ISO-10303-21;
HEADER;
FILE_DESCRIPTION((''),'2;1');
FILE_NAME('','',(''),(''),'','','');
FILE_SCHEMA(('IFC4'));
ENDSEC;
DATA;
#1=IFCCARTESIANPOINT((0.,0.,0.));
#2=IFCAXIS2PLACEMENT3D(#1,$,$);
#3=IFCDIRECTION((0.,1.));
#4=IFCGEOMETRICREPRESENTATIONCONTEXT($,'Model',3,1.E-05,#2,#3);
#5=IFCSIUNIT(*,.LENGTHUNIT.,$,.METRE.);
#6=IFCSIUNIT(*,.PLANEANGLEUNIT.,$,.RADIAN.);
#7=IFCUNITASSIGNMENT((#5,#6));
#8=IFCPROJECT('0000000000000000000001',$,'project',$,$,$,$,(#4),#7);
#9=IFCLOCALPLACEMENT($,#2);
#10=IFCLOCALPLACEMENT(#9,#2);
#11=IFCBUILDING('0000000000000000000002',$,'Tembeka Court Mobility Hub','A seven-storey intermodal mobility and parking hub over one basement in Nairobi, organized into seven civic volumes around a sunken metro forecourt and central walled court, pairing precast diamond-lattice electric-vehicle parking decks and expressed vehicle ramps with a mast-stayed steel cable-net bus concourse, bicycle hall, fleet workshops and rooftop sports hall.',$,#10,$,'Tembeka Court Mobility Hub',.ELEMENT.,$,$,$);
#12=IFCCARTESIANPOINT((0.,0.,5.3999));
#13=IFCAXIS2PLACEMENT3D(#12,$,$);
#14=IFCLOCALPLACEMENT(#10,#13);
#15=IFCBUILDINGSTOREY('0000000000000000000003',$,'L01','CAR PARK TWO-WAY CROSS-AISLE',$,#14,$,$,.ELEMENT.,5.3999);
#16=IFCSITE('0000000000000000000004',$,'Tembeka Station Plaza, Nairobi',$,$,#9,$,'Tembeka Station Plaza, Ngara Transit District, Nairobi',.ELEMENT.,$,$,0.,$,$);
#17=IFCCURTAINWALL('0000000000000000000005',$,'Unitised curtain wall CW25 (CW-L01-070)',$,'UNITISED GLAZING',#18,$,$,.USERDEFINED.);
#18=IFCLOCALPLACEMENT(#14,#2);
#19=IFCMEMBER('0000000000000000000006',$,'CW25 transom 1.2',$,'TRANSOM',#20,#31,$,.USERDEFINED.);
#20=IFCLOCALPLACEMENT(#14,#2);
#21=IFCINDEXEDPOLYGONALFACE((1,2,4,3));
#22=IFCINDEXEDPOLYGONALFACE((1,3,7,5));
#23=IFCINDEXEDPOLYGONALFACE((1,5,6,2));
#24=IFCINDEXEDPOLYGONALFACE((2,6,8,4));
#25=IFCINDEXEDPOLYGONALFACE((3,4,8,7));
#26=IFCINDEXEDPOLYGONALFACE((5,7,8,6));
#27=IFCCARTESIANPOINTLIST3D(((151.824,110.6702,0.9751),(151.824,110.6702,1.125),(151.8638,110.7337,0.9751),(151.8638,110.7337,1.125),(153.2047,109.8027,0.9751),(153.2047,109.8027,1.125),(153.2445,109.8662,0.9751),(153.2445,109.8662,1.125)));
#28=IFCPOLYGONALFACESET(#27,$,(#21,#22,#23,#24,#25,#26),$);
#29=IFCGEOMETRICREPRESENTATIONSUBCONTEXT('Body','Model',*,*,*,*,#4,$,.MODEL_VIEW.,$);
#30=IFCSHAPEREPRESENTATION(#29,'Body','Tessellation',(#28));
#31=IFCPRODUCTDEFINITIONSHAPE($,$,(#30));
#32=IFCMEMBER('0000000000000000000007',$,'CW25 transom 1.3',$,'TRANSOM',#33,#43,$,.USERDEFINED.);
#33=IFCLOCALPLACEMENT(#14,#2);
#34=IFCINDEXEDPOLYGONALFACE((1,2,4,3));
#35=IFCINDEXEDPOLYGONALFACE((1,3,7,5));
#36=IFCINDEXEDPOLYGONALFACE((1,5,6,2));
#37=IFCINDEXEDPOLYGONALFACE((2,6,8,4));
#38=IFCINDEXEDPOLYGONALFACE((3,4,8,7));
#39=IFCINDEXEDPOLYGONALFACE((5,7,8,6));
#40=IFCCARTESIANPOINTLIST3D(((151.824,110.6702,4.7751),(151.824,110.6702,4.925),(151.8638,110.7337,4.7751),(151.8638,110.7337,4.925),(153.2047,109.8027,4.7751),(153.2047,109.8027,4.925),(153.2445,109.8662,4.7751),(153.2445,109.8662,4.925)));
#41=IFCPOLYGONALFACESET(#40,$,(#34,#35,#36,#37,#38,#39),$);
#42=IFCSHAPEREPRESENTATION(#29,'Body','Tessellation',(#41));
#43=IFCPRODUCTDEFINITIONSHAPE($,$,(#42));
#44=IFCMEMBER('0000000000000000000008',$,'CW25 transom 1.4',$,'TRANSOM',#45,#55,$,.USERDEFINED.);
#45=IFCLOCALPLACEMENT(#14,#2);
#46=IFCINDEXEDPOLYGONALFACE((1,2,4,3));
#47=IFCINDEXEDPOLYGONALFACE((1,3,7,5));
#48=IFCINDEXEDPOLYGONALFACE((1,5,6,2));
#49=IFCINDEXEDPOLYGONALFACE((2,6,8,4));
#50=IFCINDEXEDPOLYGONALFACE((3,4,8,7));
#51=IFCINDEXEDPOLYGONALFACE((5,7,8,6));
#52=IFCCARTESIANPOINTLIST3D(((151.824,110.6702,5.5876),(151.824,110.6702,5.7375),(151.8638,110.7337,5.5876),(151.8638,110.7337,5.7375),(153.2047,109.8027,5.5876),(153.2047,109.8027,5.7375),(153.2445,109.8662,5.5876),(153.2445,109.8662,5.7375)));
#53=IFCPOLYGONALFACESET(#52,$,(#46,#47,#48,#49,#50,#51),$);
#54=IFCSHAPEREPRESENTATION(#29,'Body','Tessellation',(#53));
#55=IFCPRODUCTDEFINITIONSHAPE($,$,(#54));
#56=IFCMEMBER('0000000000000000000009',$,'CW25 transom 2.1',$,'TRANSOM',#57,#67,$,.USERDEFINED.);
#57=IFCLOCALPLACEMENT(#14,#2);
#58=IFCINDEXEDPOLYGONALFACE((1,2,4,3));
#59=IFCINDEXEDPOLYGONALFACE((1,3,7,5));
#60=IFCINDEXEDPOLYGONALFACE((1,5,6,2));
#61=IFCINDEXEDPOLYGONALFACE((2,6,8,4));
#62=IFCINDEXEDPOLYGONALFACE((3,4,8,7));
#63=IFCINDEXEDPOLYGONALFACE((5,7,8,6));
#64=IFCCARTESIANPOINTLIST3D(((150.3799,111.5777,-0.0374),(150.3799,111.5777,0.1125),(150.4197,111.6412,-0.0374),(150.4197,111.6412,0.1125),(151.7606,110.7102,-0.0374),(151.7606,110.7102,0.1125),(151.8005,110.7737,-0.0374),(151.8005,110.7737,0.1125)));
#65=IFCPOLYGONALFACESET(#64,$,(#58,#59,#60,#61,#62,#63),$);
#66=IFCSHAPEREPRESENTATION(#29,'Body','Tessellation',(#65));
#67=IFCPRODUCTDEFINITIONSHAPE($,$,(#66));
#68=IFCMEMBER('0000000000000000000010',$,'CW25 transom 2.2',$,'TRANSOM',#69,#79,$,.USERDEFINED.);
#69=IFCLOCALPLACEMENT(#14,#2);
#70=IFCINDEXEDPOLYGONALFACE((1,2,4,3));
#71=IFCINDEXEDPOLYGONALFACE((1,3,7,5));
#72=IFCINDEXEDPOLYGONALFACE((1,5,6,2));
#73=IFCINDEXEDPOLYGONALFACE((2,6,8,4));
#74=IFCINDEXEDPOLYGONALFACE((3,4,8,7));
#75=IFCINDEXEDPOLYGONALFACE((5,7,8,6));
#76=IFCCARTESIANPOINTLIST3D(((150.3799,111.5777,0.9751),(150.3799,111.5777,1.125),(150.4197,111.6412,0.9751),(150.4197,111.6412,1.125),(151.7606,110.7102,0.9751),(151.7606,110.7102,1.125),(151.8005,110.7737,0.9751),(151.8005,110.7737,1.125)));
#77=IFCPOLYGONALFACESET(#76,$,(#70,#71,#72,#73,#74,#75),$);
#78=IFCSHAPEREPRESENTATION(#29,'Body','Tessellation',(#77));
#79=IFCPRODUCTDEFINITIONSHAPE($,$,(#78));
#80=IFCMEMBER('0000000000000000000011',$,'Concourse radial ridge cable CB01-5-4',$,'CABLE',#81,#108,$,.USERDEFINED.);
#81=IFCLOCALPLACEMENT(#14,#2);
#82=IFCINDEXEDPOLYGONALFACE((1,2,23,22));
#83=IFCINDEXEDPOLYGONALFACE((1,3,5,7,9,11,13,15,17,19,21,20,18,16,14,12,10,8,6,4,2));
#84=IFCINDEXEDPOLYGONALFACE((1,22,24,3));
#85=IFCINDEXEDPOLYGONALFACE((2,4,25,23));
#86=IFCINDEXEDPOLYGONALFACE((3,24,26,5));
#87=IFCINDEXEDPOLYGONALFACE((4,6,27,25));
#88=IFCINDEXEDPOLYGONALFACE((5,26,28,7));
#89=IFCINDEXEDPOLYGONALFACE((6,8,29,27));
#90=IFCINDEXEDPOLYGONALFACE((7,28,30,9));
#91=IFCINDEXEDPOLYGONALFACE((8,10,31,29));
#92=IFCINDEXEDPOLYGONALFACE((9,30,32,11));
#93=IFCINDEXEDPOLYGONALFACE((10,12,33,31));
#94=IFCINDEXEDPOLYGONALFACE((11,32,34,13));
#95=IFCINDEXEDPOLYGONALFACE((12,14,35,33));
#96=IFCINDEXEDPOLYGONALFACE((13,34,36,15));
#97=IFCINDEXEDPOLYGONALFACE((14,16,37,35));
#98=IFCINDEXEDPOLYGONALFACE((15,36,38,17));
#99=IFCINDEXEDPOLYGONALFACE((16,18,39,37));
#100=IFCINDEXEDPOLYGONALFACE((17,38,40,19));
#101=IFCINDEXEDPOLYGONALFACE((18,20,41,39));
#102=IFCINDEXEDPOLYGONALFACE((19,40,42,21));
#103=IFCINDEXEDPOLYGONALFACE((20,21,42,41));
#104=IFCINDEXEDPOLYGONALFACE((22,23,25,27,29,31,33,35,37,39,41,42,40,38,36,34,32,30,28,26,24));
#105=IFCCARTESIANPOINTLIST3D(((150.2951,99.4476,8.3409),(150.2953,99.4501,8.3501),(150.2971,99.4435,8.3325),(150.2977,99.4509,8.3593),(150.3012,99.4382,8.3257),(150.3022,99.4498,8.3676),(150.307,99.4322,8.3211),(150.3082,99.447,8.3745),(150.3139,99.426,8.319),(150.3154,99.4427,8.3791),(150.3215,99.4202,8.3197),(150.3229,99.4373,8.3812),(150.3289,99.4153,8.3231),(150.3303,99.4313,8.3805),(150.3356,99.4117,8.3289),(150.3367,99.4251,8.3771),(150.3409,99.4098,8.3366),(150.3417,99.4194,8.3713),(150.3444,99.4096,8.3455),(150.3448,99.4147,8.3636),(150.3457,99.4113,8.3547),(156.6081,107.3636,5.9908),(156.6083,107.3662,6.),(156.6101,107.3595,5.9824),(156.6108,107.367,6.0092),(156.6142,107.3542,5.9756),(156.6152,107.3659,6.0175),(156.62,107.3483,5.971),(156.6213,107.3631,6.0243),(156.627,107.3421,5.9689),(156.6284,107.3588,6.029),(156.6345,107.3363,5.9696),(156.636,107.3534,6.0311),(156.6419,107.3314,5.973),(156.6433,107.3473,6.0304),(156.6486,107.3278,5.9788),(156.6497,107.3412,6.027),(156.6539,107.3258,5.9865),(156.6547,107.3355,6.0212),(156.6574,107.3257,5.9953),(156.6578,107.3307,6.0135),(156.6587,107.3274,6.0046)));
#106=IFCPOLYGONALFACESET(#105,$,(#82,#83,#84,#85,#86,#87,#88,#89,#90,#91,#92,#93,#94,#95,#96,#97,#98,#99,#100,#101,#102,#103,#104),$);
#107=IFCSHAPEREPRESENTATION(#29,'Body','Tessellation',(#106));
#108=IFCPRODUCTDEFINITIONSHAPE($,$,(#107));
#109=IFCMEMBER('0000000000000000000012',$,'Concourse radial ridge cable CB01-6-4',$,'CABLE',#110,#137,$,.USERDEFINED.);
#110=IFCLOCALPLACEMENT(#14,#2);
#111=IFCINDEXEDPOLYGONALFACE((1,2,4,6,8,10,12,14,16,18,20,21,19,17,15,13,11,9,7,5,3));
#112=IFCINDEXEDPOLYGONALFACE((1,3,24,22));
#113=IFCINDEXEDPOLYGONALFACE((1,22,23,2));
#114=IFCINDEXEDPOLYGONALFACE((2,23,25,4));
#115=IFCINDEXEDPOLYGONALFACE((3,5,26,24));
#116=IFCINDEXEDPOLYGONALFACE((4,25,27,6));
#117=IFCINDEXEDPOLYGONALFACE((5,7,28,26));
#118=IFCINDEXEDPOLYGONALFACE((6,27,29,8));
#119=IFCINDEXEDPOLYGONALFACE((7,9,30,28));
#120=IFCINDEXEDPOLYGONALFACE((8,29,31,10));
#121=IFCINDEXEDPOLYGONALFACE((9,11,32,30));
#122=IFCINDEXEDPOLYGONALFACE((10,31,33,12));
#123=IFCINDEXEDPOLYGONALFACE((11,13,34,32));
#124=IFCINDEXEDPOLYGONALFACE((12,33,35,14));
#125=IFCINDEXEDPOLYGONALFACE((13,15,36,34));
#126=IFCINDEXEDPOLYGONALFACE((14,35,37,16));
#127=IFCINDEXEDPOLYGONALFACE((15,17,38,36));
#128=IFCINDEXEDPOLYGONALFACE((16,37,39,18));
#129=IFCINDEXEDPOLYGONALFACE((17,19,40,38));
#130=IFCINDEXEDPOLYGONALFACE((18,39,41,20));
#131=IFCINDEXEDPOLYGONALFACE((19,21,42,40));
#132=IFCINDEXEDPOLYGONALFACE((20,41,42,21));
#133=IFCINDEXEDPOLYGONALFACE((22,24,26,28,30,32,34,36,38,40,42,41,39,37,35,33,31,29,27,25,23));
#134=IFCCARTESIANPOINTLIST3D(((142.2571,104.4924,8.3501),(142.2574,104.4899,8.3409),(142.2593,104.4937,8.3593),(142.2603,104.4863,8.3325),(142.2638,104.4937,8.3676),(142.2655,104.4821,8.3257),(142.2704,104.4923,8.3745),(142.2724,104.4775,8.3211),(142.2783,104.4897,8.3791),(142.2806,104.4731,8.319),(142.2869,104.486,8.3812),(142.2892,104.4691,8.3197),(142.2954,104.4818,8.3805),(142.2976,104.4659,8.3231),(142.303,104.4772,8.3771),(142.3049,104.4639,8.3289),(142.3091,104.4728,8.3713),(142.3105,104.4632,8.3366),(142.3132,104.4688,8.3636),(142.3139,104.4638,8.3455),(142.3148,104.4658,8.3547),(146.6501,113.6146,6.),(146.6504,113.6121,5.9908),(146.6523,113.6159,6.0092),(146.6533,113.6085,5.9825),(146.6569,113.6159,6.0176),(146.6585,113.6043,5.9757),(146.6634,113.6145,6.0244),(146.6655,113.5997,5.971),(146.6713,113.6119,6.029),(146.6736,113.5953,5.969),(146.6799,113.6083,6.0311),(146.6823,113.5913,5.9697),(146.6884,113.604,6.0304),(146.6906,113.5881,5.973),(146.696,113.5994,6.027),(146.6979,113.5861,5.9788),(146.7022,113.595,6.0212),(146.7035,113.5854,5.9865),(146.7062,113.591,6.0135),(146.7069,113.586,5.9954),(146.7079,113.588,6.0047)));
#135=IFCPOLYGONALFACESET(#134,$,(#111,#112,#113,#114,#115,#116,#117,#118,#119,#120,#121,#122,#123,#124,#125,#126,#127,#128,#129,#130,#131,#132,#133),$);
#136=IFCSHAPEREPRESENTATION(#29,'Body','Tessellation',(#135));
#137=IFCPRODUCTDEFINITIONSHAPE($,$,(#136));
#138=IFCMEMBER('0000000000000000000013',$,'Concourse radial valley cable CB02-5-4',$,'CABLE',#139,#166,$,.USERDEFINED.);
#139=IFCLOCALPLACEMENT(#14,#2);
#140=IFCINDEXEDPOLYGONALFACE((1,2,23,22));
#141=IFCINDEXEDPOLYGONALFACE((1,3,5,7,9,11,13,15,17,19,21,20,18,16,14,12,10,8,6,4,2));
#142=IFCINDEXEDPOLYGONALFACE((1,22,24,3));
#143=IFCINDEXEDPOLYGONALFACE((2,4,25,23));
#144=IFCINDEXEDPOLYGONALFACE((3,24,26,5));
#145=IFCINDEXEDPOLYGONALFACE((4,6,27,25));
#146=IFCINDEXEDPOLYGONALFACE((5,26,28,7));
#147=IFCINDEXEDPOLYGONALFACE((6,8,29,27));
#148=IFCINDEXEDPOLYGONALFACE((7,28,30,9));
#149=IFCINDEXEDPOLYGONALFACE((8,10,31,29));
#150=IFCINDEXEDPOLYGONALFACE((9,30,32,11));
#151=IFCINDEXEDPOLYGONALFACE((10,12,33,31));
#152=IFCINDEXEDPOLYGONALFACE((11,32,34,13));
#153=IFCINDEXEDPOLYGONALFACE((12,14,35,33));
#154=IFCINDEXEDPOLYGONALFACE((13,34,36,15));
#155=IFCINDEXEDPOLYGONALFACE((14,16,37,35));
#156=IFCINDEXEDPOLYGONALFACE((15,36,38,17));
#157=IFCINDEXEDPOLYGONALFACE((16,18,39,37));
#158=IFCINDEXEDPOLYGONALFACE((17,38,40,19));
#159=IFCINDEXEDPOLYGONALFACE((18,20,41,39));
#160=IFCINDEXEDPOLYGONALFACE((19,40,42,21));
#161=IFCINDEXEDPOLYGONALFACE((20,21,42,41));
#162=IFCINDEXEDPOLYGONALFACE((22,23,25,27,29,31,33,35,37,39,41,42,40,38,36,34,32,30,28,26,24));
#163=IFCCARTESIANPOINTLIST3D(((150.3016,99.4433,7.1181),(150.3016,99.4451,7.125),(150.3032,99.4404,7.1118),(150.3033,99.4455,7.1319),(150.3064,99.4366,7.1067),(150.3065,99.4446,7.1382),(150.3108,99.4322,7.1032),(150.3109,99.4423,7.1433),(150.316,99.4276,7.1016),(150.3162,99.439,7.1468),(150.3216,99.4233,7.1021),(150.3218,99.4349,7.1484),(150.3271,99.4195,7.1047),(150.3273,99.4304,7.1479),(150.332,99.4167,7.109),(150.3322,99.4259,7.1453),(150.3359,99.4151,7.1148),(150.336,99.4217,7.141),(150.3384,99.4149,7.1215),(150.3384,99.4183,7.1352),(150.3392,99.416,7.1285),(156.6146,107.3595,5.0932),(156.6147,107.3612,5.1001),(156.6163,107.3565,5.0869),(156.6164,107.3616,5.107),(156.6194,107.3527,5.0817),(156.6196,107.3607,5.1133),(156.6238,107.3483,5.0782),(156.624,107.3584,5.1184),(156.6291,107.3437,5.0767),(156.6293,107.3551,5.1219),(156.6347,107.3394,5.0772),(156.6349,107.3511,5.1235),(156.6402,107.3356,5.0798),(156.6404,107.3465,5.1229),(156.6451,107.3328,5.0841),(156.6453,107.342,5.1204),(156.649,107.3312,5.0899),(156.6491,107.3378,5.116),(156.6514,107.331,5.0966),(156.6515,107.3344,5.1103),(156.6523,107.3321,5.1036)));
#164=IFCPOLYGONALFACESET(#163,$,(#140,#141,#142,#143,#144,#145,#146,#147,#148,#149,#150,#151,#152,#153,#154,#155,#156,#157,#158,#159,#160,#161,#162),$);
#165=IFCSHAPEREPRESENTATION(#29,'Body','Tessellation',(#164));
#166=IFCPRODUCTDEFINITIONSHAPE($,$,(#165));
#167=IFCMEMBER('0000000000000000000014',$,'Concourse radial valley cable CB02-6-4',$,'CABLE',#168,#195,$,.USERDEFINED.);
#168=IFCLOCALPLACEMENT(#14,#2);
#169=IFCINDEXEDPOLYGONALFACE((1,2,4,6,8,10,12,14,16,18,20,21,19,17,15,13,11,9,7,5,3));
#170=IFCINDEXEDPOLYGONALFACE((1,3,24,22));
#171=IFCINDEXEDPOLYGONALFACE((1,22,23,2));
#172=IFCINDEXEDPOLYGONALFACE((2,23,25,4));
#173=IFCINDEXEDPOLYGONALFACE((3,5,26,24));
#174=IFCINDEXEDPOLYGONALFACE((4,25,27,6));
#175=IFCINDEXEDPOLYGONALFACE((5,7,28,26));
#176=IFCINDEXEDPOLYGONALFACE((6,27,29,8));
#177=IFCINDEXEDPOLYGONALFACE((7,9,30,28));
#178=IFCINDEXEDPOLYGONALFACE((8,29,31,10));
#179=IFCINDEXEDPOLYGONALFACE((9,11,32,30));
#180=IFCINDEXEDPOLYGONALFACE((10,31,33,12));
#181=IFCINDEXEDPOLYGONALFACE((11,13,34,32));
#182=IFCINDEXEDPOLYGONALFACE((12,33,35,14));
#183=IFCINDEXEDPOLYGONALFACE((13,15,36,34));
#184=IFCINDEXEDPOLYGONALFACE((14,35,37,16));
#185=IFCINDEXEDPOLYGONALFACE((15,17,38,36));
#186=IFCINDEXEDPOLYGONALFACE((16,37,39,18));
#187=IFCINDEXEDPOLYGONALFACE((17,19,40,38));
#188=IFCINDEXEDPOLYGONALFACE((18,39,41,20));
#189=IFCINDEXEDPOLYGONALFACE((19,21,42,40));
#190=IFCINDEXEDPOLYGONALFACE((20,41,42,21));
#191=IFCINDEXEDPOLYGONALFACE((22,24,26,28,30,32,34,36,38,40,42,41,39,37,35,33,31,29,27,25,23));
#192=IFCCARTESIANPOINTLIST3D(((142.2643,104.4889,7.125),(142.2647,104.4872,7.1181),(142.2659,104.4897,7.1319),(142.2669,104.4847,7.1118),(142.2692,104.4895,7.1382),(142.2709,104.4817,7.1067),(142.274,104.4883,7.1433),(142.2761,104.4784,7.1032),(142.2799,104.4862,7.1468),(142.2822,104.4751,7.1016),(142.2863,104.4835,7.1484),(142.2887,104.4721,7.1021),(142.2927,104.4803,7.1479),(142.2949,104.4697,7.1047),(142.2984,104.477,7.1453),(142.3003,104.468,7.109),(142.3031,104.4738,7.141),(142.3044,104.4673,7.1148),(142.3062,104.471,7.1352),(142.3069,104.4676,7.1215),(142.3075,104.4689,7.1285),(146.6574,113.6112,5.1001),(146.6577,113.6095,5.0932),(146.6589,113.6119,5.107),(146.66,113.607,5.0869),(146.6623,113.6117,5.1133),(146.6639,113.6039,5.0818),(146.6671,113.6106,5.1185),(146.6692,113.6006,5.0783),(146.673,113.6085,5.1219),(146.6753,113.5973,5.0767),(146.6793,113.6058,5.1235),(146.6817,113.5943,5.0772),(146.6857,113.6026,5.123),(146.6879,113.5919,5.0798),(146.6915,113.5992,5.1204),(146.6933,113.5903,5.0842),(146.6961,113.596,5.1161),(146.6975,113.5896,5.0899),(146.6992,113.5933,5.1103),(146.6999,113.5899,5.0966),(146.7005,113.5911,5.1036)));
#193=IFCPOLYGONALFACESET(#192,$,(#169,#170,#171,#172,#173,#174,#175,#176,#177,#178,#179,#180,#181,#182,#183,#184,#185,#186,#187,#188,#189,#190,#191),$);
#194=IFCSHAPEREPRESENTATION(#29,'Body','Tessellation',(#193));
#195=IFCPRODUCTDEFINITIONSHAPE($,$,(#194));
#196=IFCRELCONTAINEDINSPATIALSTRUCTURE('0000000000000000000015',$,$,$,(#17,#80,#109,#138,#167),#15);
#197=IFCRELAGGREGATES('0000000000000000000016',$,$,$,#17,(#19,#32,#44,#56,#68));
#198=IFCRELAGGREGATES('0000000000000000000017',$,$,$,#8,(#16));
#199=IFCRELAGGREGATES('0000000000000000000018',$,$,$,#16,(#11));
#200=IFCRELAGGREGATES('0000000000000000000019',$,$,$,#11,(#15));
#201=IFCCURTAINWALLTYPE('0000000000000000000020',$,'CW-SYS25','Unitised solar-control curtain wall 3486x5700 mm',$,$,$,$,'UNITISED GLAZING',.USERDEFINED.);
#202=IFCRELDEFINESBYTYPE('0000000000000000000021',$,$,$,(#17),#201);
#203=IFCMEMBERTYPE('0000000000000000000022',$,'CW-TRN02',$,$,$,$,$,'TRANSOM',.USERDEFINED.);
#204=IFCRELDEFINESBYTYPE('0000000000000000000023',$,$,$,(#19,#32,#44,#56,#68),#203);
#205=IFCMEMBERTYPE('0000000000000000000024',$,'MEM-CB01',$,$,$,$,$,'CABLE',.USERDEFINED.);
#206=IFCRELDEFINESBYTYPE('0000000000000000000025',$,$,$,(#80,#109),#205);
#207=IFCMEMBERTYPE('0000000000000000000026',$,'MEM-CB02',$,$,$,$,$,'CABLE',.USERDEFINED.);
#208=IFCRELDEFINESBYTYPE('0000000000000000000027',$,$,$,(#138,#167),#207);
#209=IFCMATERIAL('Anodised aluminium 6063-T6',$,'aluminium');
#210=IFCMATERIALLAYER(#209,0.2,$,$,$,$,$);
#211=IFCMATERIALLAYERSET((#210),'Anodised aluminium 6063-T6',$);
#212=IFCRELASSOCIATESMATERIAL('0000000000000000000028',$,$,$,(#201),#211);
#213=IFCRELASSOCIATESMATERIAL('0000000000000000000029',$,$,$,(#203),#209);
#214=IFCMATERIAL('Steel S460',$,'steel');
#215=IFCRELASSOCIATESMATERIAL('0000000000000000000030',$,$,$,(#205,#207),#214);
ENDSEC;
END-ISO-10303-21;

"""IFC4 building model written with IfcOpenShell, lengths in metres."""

from ifc_helpers import new_model, si_unit, direction, frame, origin, origin_2d, place, context, subcontext, project, spatial, rectangle, circle, extrude, material, layer, layer_set, material_profile, profile_set, type_object, element, aggregate, save


model = new_model("IFC4")

# Units and contexts
model_context = context("Model", 3, precision=1e-05, world=origin(), true_north=direction((0.0, 1.0)))
body_context = subcontext(model_context, "Body", "Model", "MODEL_VIEW")
ifc_project = project(units=[si_unit("LENGTHUNIT", "METRE"), si_unit("PLANEANGLEUNIT", "RADIAN")], contexts=[model_context])

# Site, building, storey
site_placement = place(None, origin())
site = spatial("IfcSite", under=ifc_project, at=site_placement, Name="Tembeka Station Plaza, Nairobi", LongName="Tembeka Station Plaza, Ngara Transit District, Nairobi", CompositionType="ELEMENT", RefElevation=0.0)
building_placement = place(site_placement, origin())
building = spatial("IfcBuilding", under=site, at=building_placement, Name="Tembeka Court Mobility Hub", Description="A seven-storey intermodal mobility and parking hub over one basement in Nairobi, organized into seven civic volumes around a sunken metro forecourt and central walled court, pairing precast diamond-lattice electric-vehicle parking decks and expressed vehicle ramps with a mast-stayed steel cable-net bus concourse, bicycle hall, fleet workshops and rooftop sports hall.", LongName="Tembeka Court Mobility Hub", CompositionType="ELEMENT")
storey_placement = place(building_placement, frame((0.0, 0.0, 5.3999)))
storey = spatial("IfcBuildingStorey", under=building, at=storey_placement, Name="L01", Description="CAR PARK TWO-WAY CROSS-AISLE", CompositionType="ELEMENT", Elevation=5.3999)

# Shared definitions
ifc_material_1 = material(Name="Anodised aluminium 6063-T6", Category="aluminium")
ifc_layer_1 = layer(ifc_material_1, 0.2)
ifc_layer_set_1 = layer_set([ifc_layer_1], Name="Anodised aluminium 6063-T6")
curtain_wall_type = type_object("IfcCurtainWallType", Name="CW-SYS25", Description="Unitised solar-control curtain wall 3486x5700 mm", ElementType="UNITISED GLAZING", PredefinedType="USERDEFINED", material=ifc_layer_set_1)

# Curtain wall, members
curtain_wall_1_placement = place(storey_placement, origin())
curtain_wall_1 = element("IfcCurtainWall", 1, at=curtain_wall_1_placement, inside=storey, type_object=curtain_wall_type, Name="Unitised curtain wall CW25 (CW-L01-070)", ObjectType="UNITISED GLAZING", PredefinedType="USERDEFINED")
ifc_material_profile_1 = material_profile(ifc_material_1, rectangle(XDim=0.075, YDim=0.1499, at=origin_2d()), Name="ALU-TRN 75x150")
ifc_profile_set_1 = profile_set([ifc_material_profile_1], Name="Anodised aluminium 6063-T6")
member_type_1 = type_object("IfcMemberType", Name="CW-TRN02", ElementType="TRANSOM", PredefinedType="USERDEFINED", material=ifc_profile_set_1)
member_1_placement = place(storey_placement, frame((153.2246, 109.8345, 1.05), z_axis=(-0.846743, 0.532003, 0.0), x_axis=(-0.532003, -0.846743, 0.0)))
member_1 = element("IfcMember", 2, at=member_1_placement, type_object=member_type_1, Name="CW25 transom 1.2", ObjectType="TRANSOM", PredefinedType="USERDEFINED", context=body_context, shape_type="SweptSolid", body=[
    extrude(rectangle(XDim=0.075, YDim=0.1499, at=origin_2d()), origin(), (0.0, 0.0, 1.0), 1.6306),
])
member_2_placement = place(storey_placement, frame((153.2246, 109.8345, 4.8501), z_axis=(-0.846743, 0.532003, 0.0), x_axis=(-0.532003, -0.846743, 0.0)))
member_2 = element("IfcMember", 3, at=member_2_placement, type_object=member_type_1, Name="CW25 transom 1.3", ObjectType="TRANSOM", PredefinedType="USERDEFINED", context=body_context, shape_type="SweptSolid", body=[
    extrude(rectangle(XDim=0.075, YDim=0.1499, at=origin_2d()), origin(), (0.0, 0.0, 1.0), 1.6306),
])
member_3_placement = place(storey_placement, frame((153.2246, 109.8345, 5.6626), z_axis=(-0.846743, 0.532003, 0.0), x_axis=(-0.532003, -0.846743, 0.0)))
member_3 = element("IfcMember", 4, at=member_3_placement, type_object=member_type_1, Name="CW25 transom 1.4", ObjectType="TRANSOM", PredefinedType="USERDEFINED", context=body_context, shape_type="SweptSolid", body=[
    extrude(rectangle(XDim=0.075, YDim=0.1499, at=origin_2d()), origin(), (0.0, 0.0, 1.0), 1.6306),
])
member_4_placement = place(storey_placement, frame((151.7805, 110.7419, 0.0376), z_axis=(-0.846743, 0.532003, 0.0), x_axis=(-0.532003, -0.846743, 0.0)))
member_4 = element("IfcMember", 5, at=member_4_placement, type_object=member_type_1, Name="CW25 transom 2.1", ObjectType="TRANSOM", PredefinedType="USERDEFINED", context=body_context, shape_type="SweptSolid", body=[
    extrude(rectangle(XDim=0.075, YDim=0.1499, at=origin_2d()), origin(), (0.0, 0.0, 1.0), 1.6306),
])
member_5_placement = place(storey_placement, frame((151.7805, 110.7419, 1.05), z_axis=(-0.846743, 0.532003, 0.0), x_axis=(-0.532003, -0.846743, 0.0)))
member_5 = element("IfcMember", 6, at=member_5_placement, type_object=member_type_1, Name="CW25 transom 2.2", ObjectType="TRANSOM", PredefinedType="USERDEFINED", context=body_context, shape_type="SweptSolid", body=[
    extrude(rectangle(XDim=0.075, YDim=0.1499, at=origin_2d()), origin(), (0.0, 0.0, 1.0), 1.6306),
])

# Members
ifc_material_2 = material(Name="Steel S460", Category="steel")
ifc_material_profile_2 = material_profile(ifc_material_2, circle(Radius=0.032, at=origin_2d()), Name="CABLE D64")
ifc_profile_set_2 = profile_set([ifc_material_profile_2], Name="Steel S460")
member_type_2 = type_object("IfcMemberType", Name="MEM-CB01", ElementType="CABLE", PredefinedType="USERDEFINED", material=ifc_profile_set_2)
member_6_placement = place(storey_placement, frame((150.3203, 99.4302, 8.3501), z_axis=(0.607355, 0.761578, -0.226096), x_axis=(-0.781823, 0.6235, 0.0)))
element("IfcMember", 7, at=member_6_placement, inside=storey, type_object=member_type_2, Name="Concourse radial ridge cable CB01-5-4", ObjectType="CABLE", PredefinedType="USERDEFINED", context=body_context, shape_type="SweptSolid", body=[
    extrude(circle(Radius=0.032, at=origin_2d()), origin(), (0.0, 0.0, 1.0), 10.3943),
])
member_7_placement = place(storey_placement, frame((142.2859, 104.4785, 8.3501), z_axis=(0.422647, 0.877638, -0.226098), x_axis=(-0.900969, 0.433883, 0.0)))
element("IfcMember", 8, at=member_7_placement, inside=storey, type_object=member_type_2, Name="Concourse radial ridge cable CB01-6-4", ObjectType="CABLE", PredefinedType="USERDEFINED", context=body_context, shape_type="SweptSolid", body=[
    extrude(circle(Radius=0.032, at=origin_2d()), origin(), (0.0, 0.0, 1.0), 10.394),
])
ifc_material_profile_3 = material_profile(ifc_material_2, circle(Radius=0.0239, at=origin_2d()), Name="CABLE D48")
ifc_profile_set_3 = profile_set([ifc_material_profile_3], Name="Steel S460")
member_type_3 = type_object("IfcMemberType", Name="MEM-CB02", ElementType="CABLE", PredefinedType="USERDEFINED", material=ifc_profile_set_3)
member_8_placement = place(storey_placement, frame((150.3203, 99.4302, 7.125), z_axis=(0.611394, 0.766642, -0.196106), x_axis=(-0.781823, 0.6235, 0.0)))
element("IfcMember", 9, at=member_8_placement, inside=storey, type_object=member_type_3, Name="Concourse radial valley cable CB02-5-4", ObjectType="CABLE", PredefinedType="USERDEFINED", context=body_context, shape_type="SweptSolid", body=[
    extrude(circle(Radius=0.0239, at=origin_2d()), origin(), (0.0, 0.0, 1.0), 10.3257),
])
member_9_placement = place(storey_placement, frame((142.2859, 104.4785, 7.125), z_axis=(0.425458, 0.883475, -0.196107), x_axis=(-0.900969, 0.433883, 0.0)))
element("IfcMember", 10, at=member_9_placement, inside=storey, type_object=member_type_3, Name="Concourse radial valley cable CB02-6-4", ObjectType="CABLE", PredefinedType="USERDEFINED", context=body_context, shape_type="SweptSolid", body=[
    extrude(circle(Radius=0.0239, at=origin_2d()), origin(), (0.0, 0.0, 1.0), 10.3254),
])

aggregate(curtain_wall_1, [member_1, member_2, member_3, member_4, member_5])

save(model, "model.ifc")
